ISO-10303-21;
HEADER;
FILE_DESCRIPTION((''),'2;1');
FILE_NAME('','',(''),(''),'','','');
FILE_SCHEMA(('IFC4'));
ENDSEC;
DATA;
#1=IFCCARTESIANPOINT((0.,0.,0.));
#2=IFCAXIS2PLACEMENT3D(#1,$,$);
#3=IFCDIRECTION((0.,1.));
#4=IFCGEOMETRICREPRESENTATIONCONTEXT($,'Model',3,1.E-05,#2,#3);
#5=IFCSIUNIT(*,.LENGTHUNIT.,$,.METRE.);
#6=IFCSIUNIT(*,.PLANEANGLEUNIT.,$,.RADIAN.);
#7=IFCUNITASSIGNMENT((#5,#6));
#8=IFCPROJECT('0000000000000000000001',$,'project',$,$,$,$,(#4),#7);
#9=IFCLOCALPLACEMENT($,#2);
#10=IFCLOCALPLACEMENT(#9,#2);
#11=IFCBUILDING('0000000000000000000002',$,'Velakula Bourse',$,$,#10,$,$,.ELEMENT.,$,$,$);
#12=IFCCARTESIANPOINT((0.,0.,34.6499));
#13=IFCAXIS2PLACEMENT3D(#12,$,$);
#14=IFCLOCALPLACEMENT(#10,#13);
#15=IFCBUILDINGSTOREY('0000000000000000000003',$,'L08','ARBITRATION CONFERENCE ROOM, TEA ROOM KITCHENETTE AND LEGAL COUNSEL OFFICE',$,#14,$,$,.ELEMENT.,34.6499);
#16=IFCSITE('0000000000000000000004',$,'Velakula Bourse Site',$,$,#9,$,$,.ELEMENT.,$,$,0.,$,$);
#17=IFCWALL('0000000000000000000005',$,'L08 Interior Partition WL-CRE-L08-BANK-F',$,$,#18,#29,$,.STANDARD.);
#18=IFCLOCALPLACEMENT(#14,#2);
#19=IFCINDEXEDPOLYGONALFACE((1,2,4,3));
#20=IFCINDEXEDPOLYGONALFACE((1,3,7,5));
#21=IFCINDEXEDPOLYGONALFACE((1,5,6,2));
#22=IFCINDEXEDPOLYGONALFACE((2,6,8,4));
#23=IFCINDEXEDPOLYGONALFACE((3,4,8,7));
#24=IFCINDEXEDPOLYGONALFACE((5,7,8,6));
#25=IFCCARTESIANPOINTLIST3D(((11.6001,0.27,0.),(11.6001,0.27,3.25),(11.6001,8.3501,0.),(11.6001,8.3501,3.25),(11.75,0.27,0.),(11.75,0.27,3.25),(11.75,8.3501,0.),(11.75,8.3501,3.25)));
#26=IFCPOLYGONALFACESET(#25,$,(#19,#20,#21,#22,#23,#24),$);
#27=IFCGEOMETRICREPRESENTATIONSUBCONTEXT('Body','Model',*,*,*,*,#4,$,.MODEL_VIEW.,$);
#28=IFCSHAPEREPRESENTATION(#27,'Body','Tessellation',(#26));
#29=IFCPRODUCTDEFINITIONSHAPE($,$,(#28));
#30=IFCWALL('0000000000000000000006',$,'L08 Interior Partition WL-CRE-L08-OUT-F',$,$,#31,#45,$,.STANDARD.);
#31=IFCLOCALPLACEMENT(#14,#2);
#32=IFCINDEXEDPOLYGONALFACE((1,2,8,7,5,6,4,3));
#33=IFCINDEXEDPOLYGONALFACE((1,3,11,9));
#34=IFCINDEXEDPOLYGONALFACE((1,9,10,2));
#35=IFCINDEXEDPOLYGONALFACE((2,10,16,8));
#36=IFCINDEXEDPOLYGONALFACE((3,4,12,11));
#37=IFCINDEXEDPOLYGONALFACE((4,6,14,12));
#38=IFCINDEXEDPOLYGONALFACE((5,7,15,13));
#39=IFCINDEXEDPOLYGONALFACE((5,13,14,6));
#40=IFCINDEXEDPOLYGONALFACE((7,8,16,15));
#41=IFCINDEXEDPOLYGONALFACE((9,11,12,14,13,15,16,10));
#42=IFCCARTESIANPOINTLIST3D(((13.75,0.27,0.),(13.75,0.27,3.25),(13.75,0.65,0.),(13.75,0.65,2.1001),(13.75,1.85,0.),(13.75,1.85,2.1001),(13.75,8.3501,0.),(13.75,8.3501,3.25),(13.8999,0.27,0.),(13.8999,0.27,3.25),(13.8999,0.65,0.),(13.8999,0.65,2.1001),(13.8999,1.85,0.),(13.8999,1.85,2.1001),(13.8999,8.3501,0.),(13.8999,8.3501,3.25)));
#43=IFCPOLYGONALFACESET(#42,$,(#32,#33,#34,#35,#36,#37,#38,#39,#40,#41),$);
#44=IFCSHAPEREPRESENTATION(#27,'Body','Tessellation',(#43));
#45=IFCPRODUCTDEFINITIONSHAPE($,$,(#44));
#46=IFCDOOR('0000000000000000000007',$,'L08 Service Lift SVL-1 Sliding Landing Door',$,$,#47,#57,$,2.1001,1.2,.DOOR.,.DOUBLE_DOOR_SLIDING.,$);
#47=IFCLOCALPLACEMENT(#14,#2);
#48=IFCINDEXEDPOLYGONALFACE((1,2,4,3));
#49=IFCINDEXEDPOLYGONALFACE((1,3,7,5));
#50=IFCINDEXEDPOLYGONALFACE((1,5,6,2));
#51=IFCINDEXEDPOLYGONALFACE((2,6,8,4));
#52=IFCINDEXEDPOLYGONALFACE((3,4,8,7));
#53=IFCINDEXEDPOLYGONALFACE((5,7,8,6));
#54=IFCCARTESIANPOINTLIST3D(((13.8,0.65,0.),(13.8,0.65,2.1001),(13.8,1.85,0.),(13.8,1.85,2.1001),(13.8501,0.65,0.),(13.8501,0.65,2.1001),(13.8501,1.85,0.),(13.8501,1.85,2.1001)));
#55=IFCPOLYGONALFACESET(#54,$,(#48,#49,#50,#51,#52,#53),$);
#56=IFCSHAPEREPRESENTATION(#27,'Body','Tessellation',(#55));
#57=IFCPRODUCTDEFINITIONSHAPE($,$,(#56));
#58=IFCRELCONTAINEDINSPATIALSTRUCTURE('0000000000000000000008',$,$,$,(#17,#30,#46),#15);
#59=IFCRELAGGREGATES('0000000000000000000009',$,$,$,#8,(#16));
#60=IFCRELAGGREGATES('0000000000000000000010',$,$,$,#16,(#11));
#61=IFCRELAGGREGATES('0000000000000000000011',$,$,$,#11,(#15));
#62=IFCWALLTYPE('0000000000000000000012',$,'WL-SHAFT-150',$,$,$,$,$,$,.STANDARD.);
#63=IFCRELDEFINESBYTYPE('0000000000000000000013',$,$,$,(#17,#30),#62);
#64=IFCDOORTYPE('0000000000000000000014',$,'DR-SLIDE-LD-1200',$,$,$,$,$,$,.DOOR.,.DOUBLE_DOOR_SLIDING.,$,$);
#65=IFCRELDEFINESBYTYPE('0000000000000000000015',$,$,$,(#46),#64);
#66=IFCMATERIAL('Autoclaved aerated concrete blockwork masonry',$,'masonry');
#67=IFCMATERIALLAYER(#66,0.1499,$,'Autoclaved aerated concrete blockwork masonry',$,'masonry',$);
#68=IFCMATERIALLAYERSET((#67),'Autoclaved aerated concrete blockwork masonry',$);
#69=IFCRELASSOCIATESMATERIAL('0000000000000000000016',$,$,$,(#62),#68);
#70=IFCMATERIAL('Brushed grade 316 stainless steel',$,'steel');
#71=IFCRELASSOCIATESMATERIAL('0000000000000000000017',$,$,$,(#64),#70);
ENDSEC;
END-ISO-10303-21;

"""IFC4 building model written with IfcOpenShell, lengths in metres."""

from ifc_helpers import new_model, si_unit, direction, frame, frame_2d, origin, place, context, subcontext, project, spatial, rectangle, extrude, material, layer, layer_set, type_object, element, fill, save


model = new_model("IFC4")

# Units and contexts
model_context = context("Model", 3, precision=1e-05, world=origin(), true_north=direction((0.0, 1.0)))
body_context = subcontext(model_context, "Body", "Model", "MODEL_VIEW")
ifc_project = project(units=[si_unit("LENGTHUNIT", "METRE"), si_unit("PLANEANGLEUNIT", "RADIAN")], contexts=[model_context])

# Site, building, storey
site_placement = place(None, origin())
site = spatial("IfcSite", under=ifc_project, at=site_placement, Name="Velakula Bourse Site", CompositionType="ELEMENT", RefElevation=0.0)
building_placement = place(site_placement, origin())
building = spatial("IfcBuilding", under=site, at=building_placement, Name="Velakula Bourse", CompositionType="ELEMENT")
storey_placement = place(building_placement, frame((0.0, 0.0, 34.6499)))
storey = spatial("IfcBuildingStorey", under=building, at=storey_placement, Name="L08", Description="ARBITRATION CONFERENCE ROOM, TEA ROOM KITCHENETTE AND LEGAL COUNSEL OFFICE", CompositionType="ELEMENT", Elevation=34.6499)

# Wall
ifc_material_1 = material(Name="Autoclaved aerated concrete blockwork masonry", Category="masonry")
ifc_layer_1 = layer(ifc_material_1, 0.1499, Name="Autoclaved aerated concrete blockwork masonry", Category="masonry")
ifc_layer_set_1 = layer_set([ifc_layer_1], Name="Autoclaved aerated concrete blockwork masonry")
wall_type_1 = type_object("IfcWallType", Name="WL-SHAFT-150", PredefinedType="STANDARD", material=ifc_layer_set_1)
wall_1_placement = place(storey_placement, frame((11.675, 0.27, 0.0), z_axis=(0.0, 0.0, 1.0), x_axis=(0.0, 1.0, 0.0)))
element("IfcWall", 1, at=wall_1_placement, inside=storey, type_object=wall_type_1, Name="L08 Interior Partition WL-CRE-L08-BANK-F", PredefinedType="STANDARD", context=body_context, shape_type="SweptSolid", body=[
    extrude(rectangle(XDim=8.0801, YDim=0.1499, at=frame_2d((4.04, 0.0))), origin(), (0.0, 0.0, 1.0), 3.25),
])

# Wall, opening, door
wall_2_placement = place(storey_placement, frame((13.825, 0.27, 0.0), z_axis=(0.0, 0.0, 1.0), x_axis=(0.0, 1.0, 0.0)))
wall_2 = element("IfcWall", 2, at=wall_2_placement, inside=storey, type_object=wall_type_1, Name="L08 Interior Partition WL-CRE-L08-OUT-F", PredefinedType="STANDARD", context=body_context, shape_type="SweptSolid", body=[
    extrude(rectangle(XDim=8.0801, YDim=0.1499, at=frame_2d((4.04, 0.0))), origin(), (0.0, 0.0, 1.0), 3.25),
])
opening_1_placement = place(wall_2_placement, frame((0.3799, 0.0, 0.0)))
opening_1 = element("IfcOpeningElement", 3, at=opening_1_placement, cuts=wall_2, PredefinedType="OPENING", context=body_context, shape_type="SweptSolid", body=[
    extrude(rectangle(XDim=1.2, YDim=2.1001, at=frame_2d((0.6001, 1.05))), frame((0.0, 0.085, 0.0), z_axis=(0.0, -1.0, 0.0), x_axis=(1.0, 0.0, 0.0)), (0.0, 0.0, 1.0), 0.1699),
])
ifc_material_2 = material(Name="Brushed grade 316 stainless steel", Category="steel")
door_type = type_object("IfcDoorType", Name="DR-SLIDE-LD-1200", OperationType="DOUBLE_DOOR_SLIDING", PredefinedType="DOOR", material=ifc_material_2)
door_placement = place(opening_1_placement, origin())
door = element("IfcDoor", 4, at=door_placement, inside=storey, type_object=door_type, Name="L08 Service Lift SVL-1 Sliding Landing Door", OperationType="DOUBLE_DOOR_SLIDING", OverallHeight=2.1001, OverallWidth=1.2, PredefinedType="DOOR", context=body_context, shape_type="SweptSolid", body=[
    extrude(rectangle(XDim=1.2, YDim=2.1001, at=frame_2d((0.6001, 1.05))), frame((0.0, 0.0249, 0.0), z_axis=(0.0, -1.0, 0.0), x_axis=(1.0, 0.0, 0.0)), (0.0, 0.0, 1.0), 0.05),
])
fill(opening_1, door)

save(model, "model.ifc")
